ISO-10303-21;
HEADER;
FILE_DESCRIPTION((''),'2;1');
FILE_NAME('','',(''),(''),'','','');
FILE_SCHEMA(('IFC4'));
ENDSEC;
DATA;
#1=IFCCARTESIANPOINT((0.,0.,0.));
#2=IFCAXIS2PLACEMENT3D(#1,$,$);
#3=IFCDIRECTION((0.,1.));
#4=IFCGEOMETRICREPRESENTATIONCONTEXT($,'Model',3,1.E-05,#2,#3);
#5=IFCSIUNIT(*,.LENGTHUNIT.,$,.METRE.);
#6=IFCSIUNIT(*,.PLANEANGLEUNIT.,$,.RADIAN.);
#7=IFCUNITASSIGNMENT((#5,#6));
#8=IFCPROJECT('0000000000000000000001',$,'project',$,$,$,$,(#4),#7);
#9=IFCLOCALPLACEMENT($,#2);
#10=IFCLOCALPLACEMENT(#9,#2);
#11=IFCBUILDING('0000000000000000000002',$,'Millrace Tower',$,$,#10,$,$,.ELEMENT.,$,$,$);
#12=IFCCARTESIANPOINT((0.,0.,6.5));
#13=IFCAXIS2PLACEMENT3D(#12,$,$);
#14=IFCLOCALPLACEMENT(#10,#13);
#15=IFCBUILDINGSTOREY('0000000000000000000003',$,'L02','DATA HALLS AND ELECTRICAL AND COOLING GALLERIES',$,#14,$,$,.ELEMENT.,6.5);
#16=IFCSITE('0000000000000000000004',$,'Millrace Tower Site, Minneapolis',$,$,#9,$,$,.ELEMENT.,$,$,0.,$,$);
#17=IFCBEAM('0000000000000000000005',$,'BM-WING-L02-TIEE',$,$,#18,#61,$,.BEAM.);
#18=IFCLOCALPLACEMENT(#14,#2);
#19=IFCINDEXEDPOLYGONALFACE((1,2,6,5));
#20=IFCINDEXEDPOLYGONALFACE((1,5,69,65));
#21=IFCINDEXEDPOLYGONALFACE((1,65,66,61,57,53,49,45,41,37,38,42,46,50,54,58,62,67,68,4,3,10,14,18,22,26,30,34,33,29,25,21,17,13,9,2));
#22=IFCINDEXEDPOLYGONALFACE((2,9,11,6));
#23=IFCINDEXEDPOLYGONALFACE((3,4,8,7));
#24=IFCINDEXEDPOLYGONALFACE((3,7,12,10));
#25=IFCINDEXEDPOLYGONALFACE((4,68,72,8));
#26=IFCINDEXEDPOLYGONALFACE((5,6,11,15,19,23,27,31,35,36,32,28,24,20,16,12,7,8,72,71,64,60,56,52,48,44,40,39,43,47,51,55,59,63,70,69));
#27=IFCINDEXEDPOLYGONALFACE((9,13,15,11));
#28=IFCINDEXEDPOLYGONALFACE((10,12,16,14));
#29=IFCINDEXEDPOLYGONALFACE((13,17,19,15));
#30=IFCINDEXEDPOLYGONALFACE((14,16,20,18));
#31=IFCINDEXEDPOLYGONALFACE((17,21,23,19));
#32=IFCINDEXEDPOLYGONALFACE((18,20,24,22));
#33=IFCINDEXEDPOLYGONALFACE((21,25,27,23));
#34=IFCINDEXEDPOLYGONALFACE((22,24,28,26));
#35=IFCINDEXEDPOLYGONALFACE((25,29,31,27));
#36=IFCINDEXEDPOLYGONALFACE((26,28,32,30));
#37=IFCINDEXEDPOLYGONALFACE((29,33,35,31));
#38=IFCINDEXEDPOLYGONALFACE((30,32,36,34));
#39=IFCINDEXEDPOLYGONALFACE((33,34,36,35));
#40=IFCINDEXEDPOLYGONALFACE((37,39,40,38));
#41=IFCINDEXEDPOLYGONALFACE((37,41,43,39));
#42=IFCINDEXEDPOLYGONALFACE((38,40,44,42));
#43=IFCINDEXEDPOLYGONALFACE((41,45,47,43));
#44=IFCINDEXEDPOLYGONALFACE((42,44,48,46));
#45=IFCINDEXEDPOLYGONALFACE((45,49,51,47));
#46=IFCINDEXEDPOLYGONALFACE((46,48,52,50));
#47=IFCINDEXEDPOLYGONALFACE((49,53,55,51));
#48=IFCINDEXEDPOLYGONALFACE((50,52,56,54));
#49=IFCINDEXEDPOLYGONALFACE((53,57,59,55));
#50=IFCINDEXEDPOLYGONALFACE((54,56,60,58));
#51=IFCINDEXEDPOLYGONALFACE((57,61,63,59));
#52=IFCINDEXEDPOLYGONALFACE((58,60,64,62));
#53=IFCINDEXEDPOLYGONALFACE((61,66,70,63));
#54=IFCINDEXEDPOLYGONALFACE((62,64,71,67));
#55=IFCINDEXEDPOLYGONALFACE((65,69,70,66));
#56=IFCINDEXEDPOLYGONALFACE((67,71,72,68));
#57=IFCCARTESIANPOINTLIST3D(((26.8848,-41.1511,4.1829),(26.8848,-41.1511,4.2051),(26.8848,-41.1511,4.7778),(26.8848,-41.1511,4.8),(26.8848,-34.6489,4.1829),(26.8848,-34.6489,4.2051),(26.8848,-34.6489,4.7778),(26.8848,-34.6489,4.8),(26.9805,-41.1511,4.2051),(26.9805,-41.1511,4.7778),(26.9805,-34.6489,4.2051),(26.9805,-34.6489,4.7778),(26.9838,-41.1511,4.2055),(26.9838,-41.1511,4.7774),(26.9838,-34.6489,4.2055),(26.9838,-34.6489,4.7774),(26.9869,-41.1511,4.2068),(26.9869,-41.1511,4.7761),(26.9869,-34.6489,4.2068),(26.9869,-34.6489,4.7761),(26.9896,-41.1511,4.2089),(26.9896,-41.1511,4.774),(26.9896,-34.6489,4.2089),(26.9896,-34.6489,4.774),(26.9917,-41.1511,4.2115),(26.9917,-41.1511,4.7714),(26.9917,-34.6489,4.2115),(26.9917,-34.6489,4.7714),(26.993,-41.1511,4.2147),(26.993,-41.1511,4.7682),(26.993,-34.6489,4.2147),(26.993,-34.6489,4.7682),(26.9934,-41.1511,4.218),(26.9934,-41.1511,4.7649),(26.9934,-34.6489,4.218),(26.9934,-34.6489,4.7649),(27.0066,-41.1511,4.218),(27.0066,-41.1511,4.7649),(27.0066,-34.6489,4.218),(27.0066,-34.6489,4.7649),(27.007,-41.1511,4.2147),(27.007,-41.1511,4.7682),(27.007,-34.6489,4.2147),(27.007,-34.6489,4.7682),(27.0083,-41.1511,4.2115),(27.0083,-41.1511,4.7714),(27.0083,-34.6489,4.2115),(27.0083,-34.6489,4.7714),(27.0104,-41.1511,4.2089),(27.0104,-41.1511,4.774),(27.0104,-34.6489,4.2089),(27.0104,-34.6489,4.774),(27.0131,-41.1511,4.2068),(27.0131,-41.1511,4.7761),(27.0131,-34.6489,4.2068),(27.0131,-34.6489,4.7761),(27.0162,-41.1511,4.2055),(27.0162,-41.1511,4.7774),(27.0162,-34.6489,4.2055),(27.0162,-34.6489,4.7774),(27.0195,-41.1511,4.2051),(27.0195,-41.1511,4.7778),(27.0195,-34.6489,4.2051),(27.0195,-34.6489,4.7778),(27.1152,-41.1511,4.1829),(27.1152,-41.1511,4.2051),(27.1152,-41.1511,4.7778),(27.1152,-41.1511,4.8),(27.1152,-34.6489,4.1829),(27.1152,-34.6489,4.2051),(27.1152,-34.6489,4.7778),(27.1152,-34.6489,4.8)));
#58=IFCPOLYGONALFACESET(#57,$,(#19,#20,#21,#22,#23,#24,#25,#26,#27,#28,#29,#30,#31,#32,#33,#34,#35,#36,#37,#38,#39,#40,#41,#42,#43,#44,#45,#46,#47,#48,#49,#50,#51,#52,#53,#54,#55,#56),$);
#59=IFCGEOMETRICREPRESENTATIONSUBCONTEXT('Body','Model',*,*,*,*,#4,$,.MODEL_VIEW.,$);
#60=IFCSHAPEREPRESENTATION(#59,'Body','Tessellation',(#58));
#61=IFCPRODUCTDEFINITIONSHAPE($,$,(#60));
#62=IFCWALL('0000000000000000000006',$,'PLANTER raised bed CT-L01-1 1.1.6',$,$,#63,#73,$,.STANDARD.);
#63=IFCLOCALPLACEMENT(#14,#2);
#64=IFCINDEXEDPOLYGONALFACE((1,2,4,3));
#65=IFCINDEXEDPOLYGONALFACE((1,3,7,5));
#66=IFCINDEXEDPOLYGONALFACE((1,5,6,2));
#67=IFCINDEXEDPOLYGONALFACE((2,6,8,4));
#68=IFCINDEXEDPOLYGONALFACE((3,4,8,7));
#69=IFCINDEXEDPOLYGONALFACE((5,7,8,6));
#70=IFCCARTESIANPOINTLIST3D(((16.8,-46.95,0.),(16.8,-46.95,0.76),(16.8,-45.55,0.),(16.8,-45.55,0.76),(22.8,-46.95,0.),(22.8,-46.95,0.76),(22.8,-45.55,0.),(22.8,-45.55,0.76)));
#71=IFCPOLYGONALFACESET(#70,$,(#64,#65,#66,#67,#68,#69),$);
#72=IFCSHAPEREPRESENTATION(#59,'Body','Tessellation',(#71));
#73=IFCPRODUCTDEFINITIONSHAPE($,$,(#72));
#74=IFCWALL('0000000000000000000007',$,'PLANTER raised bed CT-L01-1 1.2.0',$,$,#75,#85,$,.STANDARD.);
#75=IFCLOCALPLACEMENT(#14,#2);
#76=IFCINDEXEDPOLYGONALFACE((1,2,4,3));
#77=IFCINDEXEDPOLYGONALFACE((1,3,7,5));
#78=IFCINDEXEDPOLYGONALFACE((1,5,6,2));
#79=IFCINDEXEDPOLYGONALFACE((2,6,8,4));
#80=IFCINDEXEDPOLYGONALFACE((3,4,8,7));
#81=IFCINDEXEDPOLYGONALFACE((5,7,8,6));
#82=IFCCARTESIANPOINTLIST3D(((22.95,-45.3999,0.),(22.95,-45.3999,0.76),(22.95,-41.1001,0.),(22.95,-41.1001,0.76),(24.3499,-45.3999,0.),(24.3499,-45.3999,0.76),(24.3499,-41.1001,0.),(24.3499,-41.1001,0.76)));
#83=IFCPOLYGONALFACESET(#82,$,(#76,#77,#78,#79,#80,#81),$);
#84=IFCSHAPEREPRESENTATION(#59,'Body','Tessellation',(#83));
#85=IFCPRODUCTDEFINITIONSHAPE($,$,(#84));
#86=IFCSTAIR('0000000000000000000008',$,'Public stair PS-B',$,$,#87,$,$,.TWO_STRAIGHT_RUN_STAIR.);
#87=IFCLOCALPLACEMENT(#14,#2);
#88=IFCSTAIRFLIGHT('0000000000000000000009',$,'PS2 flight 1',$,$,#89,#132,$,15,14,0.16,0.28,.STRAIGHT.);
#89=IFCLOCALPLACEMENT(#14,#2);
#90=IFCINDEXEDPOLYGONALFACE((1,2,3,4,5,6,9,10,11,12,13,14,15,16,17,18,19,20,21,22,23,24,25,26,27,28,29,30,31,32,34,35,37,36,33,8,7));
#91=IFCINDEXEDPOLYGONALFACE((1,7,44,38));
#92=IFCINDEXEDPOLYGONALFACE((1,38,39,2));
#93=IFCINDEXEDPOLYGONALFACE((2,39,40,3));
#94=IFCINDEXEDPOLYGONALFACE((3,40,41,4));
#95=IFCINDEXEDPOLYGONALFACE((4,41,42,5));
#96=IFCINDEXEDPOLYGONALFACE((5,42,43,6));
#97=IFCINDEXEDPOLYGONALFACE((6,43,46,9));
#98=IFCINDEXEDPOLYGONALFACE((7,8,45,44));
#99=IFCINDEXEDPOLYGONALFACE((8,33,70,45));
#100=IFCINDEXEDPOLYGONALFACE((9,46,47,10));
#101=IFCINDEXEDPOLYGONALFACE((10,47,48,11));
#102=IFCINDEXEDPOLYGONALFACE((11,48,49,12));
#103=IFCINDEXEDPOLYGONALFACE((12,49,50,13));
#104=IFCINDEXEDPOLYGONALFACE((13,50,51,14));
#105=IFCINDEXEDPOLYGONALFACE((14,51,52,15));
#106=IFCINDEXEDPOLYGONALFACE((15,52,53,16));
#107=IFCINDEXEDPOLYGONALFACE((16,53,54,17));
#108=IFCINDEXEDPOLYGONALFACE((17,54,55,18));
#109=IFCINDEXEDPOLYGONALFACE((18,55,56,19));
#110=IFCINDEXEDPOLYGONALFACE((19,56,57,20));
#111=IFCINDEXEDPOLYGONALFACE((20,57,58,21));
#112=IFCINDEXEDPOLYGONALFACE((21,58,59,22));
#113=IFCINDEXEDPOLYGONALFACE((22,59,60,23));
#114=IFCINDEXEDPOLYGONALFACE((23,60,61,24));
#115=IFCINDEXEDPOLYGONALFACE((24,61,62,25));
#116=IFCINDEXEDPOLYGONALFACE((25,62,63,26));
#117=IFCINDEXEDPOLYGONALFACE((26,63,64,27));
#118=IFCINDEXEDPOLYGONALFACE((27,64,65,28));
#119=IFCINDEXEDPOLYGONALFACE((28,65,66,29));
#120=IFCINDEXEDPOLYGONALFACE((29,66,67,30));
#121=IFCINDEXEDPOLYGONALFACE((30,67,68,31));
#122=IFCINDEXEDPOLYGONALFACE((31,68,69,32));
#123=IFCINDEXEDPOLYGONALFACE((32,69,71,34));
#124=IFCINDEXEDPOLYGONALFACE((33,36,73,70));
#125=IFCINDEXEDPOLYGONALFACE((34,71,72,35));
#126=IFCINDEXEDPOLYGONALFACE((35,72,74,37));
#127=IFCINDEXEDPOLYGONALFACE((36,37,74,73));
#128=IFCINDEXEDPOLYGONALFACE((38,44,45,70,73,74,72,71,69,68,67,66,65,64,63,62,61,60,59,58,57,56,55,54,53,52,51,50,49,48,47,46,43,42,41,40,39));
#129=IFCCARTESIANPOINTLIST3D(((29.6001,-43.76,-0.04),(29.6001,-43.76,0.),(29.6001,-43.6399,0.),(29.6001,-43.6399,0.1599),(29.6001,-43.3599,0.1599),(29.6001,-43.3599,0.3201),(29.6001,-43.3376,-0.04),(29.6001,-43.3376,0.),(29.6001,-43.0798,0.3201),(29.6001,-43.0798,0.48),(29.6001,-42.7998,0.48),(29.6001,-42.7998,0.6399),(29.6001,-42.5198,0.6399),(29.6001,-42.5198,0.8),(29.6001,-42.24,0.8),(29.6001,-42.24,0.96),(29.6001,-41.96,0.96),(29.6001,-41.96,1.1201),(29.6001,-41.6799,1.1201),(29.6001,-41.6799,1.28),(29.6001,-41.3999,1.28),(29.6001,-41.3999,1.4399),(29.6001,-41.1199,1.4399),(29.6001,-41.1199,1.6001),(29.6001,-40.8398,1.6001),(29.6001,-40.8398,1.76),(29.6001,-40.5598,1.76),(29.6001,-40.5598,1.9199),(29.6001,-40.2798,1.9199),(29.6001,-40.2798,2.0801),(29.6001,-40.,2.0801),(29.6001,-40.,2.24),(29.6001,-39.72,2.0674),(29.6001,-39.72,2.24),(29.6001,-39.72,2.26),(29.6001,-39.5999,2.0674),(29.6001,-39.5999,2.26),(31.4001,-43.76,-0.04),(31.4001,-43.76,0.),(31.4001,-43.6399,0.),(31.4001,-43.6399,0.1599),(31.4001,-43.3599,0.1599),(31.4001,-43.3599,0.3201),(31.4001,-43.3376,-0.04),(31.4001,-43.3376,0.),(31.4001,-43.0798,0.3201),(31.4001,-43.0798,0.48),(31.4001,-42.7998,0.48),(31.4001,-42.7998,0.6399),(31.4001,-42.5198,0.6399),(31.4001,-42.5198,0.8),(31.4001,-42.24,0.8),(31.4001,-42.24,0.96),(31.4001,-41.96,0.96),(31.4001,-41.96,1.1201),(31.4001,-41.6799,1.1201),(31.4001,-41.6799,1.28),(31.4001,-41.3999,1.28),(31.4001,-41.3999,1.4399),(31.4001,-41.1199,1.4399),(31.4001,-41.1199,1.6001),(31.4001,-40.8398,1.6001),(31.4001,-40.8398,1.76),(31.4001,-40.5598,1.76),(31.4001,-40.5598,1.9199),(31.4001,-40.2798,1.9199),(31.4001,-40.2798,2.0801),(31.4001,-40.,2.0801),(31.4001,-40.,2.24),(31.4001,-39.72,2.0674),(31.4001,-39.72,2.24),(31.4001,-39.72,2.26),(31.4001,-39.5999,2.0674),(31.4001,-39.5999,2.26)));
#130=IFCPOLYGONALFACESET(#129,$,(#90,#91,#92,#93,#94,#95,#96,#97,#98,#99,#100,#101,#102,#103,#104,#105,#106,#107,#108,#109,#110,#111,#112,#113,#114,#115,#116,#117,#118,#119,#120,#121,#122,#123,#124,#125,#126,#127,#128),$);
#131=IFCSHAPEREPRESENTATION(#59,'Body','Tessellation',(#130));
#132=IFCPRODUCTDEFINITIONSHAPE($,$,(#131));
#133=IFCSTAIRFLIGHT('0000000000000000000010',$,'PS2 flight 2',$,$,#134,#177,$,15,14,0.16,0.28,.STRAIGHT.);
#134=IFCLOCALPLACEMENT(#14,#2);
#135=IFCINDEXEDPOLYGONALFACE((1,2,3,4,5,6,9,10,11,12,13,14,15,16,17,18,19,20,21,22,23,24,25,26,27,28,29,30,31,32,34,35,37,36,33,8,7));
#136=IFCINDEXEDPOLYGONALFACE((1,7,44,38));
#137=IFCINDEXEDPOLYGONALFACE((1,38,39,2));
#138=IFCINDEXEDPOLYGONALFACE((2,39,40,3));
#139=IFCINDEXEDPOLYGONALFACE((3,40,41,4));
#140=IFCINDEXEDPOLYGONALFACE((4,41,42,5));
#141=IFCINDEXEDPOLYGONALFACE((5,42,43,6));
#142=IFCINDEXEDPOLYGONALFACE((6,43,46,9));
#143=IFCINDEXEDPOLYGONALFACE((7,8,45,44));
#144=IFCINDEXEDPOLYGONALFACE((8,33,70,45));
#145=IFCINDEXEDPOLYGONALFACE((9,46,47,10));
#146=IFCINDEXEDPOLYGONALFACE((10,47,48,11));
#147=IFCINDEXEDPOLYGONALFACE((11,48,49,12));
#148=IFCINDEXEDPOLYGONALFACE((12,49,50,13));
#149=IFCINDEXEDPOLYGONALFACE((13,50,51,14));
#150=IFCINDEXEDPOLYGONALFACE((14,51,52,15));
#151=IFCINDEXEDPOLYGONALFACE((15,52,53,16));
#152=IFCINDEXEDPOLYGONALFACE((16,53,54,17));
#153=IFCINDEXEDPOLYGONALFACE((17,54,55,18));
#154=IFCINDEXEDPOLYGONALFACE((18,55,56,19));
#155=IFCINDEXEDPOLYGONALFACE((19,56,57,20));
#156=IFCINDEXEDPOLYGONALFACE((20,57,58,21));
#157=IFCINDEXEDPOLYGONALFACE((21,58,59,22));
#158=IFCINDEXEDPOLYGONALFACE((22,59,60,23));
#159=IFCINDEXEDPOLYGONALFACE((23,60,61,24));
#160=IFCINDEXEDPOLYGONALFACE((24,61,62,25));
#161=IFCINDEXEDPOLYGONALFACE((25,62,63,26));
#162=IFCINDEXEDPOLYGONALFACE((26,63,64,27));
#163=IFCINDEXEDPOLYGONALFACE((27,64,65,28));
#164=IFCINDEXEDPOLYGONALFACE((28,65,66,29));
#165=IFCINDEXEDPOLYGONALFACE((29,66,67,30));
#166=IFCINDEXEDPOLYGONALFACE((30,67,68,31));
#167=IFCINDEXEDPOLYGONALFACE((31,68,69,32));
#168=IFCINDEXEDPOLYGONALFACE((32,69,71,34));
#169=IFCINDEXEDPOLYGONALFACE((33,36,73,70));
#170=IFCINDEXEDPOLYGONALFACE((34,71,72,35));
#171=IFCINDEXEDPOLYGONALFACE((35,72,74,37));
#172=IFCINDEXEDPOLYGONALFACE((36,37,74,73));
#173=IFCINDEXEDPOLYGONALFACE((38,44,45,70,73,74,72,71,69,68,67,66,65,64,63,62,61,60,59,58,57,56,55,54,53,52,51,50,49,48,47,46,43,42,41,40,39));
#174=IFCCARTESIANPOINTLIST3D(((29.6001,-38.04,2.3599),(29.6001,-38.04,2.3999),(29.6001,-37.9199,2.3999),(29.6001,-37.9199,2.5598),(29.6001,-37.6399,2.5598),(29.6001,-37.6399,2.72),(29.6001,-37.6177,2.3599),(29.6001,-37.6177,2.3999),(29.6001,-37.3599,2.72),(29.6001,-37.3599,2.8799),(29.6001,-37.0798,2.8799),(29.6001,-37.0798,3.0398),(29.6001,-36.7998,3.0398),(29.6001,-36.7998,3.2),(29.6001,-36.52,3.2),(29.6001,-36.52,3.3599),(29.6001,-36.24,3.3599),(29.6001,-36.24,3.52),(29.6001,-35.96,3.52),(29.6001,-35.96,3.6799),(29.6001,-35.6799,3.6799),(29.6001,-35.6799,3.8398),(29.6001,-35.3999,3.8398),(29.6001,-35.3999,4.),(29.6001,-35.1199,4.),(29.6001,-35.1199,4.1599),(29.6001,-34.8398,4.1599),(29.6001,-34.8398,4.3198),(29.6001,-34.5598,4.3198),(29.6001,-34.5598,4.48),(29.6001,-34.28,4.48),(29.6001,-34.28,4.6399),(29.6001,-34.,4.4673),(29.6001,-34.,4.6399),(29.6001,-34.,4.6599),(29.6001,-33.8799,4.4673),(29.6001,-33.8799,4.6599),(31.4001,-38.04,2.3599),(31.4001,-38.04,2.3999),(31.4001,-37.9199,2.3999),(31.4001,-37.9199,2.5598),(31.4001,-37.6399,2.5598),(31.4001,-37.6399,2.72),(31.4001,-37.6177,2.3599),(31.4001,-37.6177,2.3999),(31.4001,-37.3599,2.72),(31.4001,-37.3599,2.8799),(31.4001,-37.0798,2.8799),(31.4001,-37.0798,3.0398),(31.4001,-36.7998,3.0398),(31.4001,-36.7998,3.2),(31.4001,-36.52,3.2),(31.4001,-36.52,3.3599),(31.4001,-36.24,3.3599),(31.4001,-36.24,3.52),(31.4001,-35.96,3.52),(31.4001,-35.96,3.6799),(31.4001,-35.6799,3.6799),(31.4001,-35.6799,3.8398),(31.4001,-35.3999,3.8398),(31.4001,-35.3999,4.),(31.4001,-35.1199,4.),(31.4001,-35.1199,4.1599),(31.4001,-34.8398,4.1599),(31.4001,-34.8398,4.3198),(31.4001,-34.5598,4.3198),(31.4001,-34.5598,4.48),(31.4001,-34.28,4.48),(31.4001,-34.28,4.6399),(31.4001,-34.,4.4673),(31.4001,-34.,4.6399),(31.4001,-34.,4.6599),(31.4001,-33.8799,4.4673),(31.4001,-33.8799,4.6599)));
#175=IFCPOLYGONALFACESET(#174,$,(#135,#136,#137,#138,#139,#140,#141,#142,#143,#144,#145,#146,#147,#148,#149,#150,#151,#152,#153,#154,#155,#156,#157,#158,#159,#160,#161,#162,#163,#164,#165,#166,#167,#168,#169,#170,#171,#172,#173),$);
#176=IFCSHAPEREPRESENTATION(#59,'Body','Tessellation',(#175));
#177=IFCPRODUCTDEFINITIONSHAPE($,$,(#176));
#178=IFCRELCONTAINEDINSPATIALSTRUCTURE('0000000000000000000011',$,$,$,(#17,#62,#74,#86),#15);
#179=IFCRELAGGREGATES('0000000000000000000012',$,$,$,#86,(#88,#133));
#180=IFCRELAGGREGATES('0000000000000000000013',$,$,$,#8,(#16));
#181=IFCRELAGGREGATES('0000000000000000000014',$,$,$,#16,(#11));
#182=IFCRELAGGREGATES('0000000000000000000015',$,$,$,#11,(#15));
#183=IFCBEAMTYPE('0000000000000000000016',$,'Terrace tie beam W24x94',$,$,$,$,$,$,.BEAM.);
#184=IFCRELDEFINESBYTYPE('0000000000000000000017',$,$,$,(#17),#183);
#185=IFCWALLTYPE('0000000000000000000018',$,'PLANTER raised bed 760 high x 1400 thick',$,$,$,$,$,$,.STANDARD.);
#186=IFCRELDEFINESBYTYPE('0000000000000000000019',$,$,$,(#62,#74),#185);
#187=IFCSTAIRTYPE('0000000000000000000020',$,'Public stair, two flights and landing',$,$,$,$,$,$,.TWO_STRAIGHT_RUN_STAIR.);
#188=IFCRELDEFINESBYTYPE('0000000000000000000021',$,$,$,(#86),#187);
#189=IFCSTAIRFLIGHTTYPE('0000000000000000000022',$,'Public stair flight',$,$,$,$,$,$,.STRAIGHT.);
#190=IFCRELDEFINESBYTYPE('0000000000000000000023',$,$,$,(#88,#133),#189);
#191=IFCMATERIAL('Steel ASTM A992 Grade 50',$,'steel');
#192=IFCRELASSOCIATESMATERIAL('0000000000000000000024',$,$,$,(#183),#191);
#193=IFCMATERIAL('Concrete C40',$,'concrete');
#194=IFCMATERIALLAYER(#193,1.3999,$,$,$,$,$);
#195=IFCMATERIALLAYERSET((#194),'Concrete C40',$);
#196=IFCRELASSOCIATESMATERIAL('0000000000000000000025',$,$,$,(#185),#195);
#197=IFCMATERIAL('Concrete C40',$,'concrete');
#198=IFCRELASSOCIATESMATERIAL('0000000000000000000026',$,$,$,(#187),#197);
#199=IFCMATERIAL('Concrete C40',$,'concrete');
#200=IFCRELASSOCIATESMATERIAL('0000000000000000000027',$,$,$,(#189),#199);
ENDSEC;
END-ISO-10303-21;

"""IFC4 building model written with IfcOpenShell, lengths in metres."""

from ifc_helpers import new_model, si_unit, direction, frame, frame_2d, origin, origin_2d, place, context, subcontext, project, spatial, polyline, rectangle, i_section, outline, extrude, material, layer, layer_set, material_profile, profile_set, type_object, element, aggregate, save


model = new_model("IFC4")

# Units and contexts
model_context = context("Model", 3, precision=1e-05, world=origin(), true_north=direction((0.0, 1.0)))
body_context = subcontext(model_context, "Body", "Model", "MODEL_VIEW")
ifc_project = project(units=[si_unit("LENGTHUNIT", "METRE"), si_unit("PLANEANGLEUNIT", "RADIAN")], contexts=[model_context])

# Site, building, storey
site_placement = place(None, origin())
site = spatial("IfcSite", under=ifc_project, at=site_placement, Name="Millrace Tower Site, Minneapolis", CompositionType="ELEMENT", RefElevation=0.0)
building_placement = place(site_placement, origin())
building = spatial("IfcBuilding", under=site, at=building_placement, Name="Millrace Tower", CompositionType="ELEMENT")
storey_placement = place(building_placement, frame((0.0, 0.0, 6.5)))
storey = spatial("IfcBuildingStorey", under=building, at=storey_placement, Name="L02", Description="DATA HALLS AND ELECTRICAL AND COOLING GALLERIES", CompositionType="ELEMENT", Elevation=6.5)

# Shared definitions
placement_1 = place(storey_placement, origin())

# Beam
ifc_material_1 = material(Name="Steel ASTM A992 Grade 50", Category="steel")
ifc_material_profile_1 = material_profile(ifc_material_1, i_section(OverallWidth=0.2305, OverallDepth=0.6172, WebThickness=0.0132, FlangeThickness=0.0222, FilletRadius=0.0129, at=origin_2d()))
ifc_profile_set_1 = profile_set([ifc_material_profile_1], Name="Steel ASTM A992 Grade 50")
beam_type_1 = type_object("IfcBeamType", Name="Terrace tie beam W24x94", PredefinedType="BEAM", material=ifc_profile_set_1)
beam_1_placement = place(storey_placement, frame((27.0, -41.1511, 4.4915), z_axis=(0.0, 1.0, 0.0), x_axis=(-1.0, 0.0, 0.0)))
element("IfcBeam", 1, at=beam_1_placement, inside=storey, type_object=beam_type_1, Name="BM-WING-L02-TIEE", PredefinedType="BEAM", context=body_context, shape_type="SweptSolid", body=[
    extrude(i_section(OverallWidth=0.2305, OverallDepth=0.6172, WebThickness=0.0132, FlangeThickness=0.0222, FilletRadius=0.0129, at=origin_2d()), origin(), (0.0, 0.0, 1.0), 6.5022),
])

# Walls
ifc_material_2 = material(Name="Concrete C40", Category="concrete")
ifc_layer_1 = layer(ifc_material_2, 1.3999)
ifc_layer_set_1 = layer_set([ifc_layer_1], Name="Concrete C40")
wall_type = type_object("IfcWallType", Name="PLANTER raised bed 760 high x 1400 thick", PredefinedType="STANDARD", material=ifc_layer_set_1)
wall_1_placement = place(storey_placement, frame((16.8, -46.25, 0.0), z_axis=(0.0, 0.0, 1.0), x_axis=(1.0, 0.0, 0.0)))
element("IfcWall", 2, at=wall_1_placement, inside=storey, type_object=wall_type, Name="PLANTER raised bed CT-L01-1 1.1.6", PredefinedType="STANDARD", context=body_context, shape_type="SweptSolid", body=[
    extrude(rectangle(XDim=6.0, YDim=1.3999, at=frame_2d((3.0, 0.0))), origin(), (0.0, 0.0, 1.0), 0.76),
])
wall_2_placement = place(storey_placement, frame((23.6499, -45.3999, 0.0), z_axis=(0.0, 0.0, 1.0), x_axis=(0.0, 1.0, 0.0)))
element("IfcWall", 3, at=wall_2_placement, inside=storey, type_object=wall_type, Name="PLANTER raised bed CT-L01-1 1.2.0", PredefinedType="STANDARD", context=body_context, shape_type="SweptSolid", body=[
    extrude(rectangle(XDim=4.2998, YDim=1.3999, at=frame_2d((2.1499, 0.0))), origin(), (0.0, 0.0, 1.0), 0.76),
])

# Stair, stair flights
ifc_material_3 = material(Name="Concrete C40", Category="concrete")
stair_type = type_object("IfcStairType", Name="Public stair, two flights and landing", PredefinedType="TWO_STRAIGHT_RUN_STAIR", material=ifc_material_3)
stair = element("IfcStair", 4, at=placement_1, inside=storey, type_object=stair_type, Name="Public stair PS-B", PredefinedType="TWO_STRAIGHT_RUN_STAIR")
ifc_material_4 = material(Name="Concrete C40", Category="concrete")
stair_flight_type = type_object("IfcStairFlightType", Name="Public stair flight", PredefinedType="STRAIGHT", material=ifc_material_4)
stair_flight_1_placement = place(storey_placement, frame((30.5, -43.6399, 0.0), z_axis=(0.0, 0.0, 1.0), x_axis=(0.0, 1.0, 0.0)))
stair_flight_1 = element("IfcStairFlight", 5, at=stair_flight_1_placement, type_object=stair_flight_type, Name="PS2 flight 1", NumberOfRisers=15, NumberOfTreads=14, PredefinedType="STRAIGHT", RiserHeight=0.16, TreadLength=0.28, context=body_context, shape_type="SweptSolid", body=[
    extrude(outline(polyline([(-0.1201, -0.04), (-0.1201, 0.0), (0.0, 0.0), (0.0, 0.1599), (0.28, 0.1599), (0.28, 0.3201), (0.5601, 0.3201), (0.5601, 0.48), (0.8401, 0.48), (0.8401, 0.6399), (1.1201, 0.6399), (1.1201, 0.8), (1.3999, 0.8), (1.3999, 0.96), (1.6799, 0.96), (1.6799, 1.1201), (1.96, 1.1201), (1.96, 1.28), (2.24, 1.28), (2.24, 1.4399), (2.52, 1.4399), (2.52, 1.6001), (2.8, 1.6001), (2.8, 1.76), (3.0801, 1.76), (3.0801, 1.9199), (3.3601, 1.9199), (3.3601, 2.0801), (3.6399, 2.0801), (3.6399, 2.24), (3.9199, 2.24), (3.9199, 2.26), (4.04, 2.26), (4.04, 2.0674), (3.9199, 2.0674), (0.3022, 0.0), (0.3022, -0.04), (-0.1201, -0.04)])), frame((0.0, 0.8999, 0.0), z_axis=(0.0, -1.0, 0.0), x_axis=(1.0, 0.0, 0.0)), (0.0, 0.0, 1.0), 1.8),
])
stair_flight_2_placement = place(storey_placement, frame((30.5, -37.9199, 2.3999), z_axis=(0.0, 0.0, 1.0), x_axis=(0.0, 1.0, 0.0)))
stair_flight_2 = element("IfcStairFlight", 6, at=stair_flight_2_placement, type_object=stair_flight_type, Name="PS2 flight 2", NumberOfRisers=15, NumberOfTreads=14, PredefinedType="STRAIGHT", RiserHeight=0.16, TreadLength=0.28, context=body_context, shape_type="SweptSolid", body=[
    extrude(outline(polyline([(-0.1201, -0.04), (-0.1201, 0.0), (0.0, 0.0), (0.0, 0.1599), (0.28, 0.1599), (0.28, 0.3201), (0.5601, 0.3201), (0.5601, 0.48), (0.8401, 0.48), (0.8401, 0.6399), (1.1201, 0.6399), (1.1201, 0.8), (1.3999, 0.8), (1.3999, 0.96), (1.6799, 0.96), (1.6799, 1.1201), (1.96, 1.1201), (1.96, 1.28), (2.24, 1.28), (2.24, 1.4399), (2.52, 1.4399), (2.52, 1.6001), (2.8, 1.6001), (2.8, 1.76), (3.0801, 1.76), (3.0801, 1.9199), (3.3601, 1.9199), (3.3601, 2.0801), (3.6399, 2.0801), (3.6399, 2.24), (3.9199, 2.24), (3.9199, 2.26), (4.04, 2.26), (4.04, 2.0674), (3.9199, 2.0674), (0.3022, 0.0), (0.3022, -0.04), (-0.1201, -0.04)])), frame((0.0, 0.8999, 0.0), z_axis=(0.0, -1.0, 0.0), x_axis=(1.0, 0.0, 0.0)), (0.0, 0.0, 1.0), 1.8),
])
aggregate(stair, [stair_flight_1, stair_flight_2])

save(model, "model.ifc")
